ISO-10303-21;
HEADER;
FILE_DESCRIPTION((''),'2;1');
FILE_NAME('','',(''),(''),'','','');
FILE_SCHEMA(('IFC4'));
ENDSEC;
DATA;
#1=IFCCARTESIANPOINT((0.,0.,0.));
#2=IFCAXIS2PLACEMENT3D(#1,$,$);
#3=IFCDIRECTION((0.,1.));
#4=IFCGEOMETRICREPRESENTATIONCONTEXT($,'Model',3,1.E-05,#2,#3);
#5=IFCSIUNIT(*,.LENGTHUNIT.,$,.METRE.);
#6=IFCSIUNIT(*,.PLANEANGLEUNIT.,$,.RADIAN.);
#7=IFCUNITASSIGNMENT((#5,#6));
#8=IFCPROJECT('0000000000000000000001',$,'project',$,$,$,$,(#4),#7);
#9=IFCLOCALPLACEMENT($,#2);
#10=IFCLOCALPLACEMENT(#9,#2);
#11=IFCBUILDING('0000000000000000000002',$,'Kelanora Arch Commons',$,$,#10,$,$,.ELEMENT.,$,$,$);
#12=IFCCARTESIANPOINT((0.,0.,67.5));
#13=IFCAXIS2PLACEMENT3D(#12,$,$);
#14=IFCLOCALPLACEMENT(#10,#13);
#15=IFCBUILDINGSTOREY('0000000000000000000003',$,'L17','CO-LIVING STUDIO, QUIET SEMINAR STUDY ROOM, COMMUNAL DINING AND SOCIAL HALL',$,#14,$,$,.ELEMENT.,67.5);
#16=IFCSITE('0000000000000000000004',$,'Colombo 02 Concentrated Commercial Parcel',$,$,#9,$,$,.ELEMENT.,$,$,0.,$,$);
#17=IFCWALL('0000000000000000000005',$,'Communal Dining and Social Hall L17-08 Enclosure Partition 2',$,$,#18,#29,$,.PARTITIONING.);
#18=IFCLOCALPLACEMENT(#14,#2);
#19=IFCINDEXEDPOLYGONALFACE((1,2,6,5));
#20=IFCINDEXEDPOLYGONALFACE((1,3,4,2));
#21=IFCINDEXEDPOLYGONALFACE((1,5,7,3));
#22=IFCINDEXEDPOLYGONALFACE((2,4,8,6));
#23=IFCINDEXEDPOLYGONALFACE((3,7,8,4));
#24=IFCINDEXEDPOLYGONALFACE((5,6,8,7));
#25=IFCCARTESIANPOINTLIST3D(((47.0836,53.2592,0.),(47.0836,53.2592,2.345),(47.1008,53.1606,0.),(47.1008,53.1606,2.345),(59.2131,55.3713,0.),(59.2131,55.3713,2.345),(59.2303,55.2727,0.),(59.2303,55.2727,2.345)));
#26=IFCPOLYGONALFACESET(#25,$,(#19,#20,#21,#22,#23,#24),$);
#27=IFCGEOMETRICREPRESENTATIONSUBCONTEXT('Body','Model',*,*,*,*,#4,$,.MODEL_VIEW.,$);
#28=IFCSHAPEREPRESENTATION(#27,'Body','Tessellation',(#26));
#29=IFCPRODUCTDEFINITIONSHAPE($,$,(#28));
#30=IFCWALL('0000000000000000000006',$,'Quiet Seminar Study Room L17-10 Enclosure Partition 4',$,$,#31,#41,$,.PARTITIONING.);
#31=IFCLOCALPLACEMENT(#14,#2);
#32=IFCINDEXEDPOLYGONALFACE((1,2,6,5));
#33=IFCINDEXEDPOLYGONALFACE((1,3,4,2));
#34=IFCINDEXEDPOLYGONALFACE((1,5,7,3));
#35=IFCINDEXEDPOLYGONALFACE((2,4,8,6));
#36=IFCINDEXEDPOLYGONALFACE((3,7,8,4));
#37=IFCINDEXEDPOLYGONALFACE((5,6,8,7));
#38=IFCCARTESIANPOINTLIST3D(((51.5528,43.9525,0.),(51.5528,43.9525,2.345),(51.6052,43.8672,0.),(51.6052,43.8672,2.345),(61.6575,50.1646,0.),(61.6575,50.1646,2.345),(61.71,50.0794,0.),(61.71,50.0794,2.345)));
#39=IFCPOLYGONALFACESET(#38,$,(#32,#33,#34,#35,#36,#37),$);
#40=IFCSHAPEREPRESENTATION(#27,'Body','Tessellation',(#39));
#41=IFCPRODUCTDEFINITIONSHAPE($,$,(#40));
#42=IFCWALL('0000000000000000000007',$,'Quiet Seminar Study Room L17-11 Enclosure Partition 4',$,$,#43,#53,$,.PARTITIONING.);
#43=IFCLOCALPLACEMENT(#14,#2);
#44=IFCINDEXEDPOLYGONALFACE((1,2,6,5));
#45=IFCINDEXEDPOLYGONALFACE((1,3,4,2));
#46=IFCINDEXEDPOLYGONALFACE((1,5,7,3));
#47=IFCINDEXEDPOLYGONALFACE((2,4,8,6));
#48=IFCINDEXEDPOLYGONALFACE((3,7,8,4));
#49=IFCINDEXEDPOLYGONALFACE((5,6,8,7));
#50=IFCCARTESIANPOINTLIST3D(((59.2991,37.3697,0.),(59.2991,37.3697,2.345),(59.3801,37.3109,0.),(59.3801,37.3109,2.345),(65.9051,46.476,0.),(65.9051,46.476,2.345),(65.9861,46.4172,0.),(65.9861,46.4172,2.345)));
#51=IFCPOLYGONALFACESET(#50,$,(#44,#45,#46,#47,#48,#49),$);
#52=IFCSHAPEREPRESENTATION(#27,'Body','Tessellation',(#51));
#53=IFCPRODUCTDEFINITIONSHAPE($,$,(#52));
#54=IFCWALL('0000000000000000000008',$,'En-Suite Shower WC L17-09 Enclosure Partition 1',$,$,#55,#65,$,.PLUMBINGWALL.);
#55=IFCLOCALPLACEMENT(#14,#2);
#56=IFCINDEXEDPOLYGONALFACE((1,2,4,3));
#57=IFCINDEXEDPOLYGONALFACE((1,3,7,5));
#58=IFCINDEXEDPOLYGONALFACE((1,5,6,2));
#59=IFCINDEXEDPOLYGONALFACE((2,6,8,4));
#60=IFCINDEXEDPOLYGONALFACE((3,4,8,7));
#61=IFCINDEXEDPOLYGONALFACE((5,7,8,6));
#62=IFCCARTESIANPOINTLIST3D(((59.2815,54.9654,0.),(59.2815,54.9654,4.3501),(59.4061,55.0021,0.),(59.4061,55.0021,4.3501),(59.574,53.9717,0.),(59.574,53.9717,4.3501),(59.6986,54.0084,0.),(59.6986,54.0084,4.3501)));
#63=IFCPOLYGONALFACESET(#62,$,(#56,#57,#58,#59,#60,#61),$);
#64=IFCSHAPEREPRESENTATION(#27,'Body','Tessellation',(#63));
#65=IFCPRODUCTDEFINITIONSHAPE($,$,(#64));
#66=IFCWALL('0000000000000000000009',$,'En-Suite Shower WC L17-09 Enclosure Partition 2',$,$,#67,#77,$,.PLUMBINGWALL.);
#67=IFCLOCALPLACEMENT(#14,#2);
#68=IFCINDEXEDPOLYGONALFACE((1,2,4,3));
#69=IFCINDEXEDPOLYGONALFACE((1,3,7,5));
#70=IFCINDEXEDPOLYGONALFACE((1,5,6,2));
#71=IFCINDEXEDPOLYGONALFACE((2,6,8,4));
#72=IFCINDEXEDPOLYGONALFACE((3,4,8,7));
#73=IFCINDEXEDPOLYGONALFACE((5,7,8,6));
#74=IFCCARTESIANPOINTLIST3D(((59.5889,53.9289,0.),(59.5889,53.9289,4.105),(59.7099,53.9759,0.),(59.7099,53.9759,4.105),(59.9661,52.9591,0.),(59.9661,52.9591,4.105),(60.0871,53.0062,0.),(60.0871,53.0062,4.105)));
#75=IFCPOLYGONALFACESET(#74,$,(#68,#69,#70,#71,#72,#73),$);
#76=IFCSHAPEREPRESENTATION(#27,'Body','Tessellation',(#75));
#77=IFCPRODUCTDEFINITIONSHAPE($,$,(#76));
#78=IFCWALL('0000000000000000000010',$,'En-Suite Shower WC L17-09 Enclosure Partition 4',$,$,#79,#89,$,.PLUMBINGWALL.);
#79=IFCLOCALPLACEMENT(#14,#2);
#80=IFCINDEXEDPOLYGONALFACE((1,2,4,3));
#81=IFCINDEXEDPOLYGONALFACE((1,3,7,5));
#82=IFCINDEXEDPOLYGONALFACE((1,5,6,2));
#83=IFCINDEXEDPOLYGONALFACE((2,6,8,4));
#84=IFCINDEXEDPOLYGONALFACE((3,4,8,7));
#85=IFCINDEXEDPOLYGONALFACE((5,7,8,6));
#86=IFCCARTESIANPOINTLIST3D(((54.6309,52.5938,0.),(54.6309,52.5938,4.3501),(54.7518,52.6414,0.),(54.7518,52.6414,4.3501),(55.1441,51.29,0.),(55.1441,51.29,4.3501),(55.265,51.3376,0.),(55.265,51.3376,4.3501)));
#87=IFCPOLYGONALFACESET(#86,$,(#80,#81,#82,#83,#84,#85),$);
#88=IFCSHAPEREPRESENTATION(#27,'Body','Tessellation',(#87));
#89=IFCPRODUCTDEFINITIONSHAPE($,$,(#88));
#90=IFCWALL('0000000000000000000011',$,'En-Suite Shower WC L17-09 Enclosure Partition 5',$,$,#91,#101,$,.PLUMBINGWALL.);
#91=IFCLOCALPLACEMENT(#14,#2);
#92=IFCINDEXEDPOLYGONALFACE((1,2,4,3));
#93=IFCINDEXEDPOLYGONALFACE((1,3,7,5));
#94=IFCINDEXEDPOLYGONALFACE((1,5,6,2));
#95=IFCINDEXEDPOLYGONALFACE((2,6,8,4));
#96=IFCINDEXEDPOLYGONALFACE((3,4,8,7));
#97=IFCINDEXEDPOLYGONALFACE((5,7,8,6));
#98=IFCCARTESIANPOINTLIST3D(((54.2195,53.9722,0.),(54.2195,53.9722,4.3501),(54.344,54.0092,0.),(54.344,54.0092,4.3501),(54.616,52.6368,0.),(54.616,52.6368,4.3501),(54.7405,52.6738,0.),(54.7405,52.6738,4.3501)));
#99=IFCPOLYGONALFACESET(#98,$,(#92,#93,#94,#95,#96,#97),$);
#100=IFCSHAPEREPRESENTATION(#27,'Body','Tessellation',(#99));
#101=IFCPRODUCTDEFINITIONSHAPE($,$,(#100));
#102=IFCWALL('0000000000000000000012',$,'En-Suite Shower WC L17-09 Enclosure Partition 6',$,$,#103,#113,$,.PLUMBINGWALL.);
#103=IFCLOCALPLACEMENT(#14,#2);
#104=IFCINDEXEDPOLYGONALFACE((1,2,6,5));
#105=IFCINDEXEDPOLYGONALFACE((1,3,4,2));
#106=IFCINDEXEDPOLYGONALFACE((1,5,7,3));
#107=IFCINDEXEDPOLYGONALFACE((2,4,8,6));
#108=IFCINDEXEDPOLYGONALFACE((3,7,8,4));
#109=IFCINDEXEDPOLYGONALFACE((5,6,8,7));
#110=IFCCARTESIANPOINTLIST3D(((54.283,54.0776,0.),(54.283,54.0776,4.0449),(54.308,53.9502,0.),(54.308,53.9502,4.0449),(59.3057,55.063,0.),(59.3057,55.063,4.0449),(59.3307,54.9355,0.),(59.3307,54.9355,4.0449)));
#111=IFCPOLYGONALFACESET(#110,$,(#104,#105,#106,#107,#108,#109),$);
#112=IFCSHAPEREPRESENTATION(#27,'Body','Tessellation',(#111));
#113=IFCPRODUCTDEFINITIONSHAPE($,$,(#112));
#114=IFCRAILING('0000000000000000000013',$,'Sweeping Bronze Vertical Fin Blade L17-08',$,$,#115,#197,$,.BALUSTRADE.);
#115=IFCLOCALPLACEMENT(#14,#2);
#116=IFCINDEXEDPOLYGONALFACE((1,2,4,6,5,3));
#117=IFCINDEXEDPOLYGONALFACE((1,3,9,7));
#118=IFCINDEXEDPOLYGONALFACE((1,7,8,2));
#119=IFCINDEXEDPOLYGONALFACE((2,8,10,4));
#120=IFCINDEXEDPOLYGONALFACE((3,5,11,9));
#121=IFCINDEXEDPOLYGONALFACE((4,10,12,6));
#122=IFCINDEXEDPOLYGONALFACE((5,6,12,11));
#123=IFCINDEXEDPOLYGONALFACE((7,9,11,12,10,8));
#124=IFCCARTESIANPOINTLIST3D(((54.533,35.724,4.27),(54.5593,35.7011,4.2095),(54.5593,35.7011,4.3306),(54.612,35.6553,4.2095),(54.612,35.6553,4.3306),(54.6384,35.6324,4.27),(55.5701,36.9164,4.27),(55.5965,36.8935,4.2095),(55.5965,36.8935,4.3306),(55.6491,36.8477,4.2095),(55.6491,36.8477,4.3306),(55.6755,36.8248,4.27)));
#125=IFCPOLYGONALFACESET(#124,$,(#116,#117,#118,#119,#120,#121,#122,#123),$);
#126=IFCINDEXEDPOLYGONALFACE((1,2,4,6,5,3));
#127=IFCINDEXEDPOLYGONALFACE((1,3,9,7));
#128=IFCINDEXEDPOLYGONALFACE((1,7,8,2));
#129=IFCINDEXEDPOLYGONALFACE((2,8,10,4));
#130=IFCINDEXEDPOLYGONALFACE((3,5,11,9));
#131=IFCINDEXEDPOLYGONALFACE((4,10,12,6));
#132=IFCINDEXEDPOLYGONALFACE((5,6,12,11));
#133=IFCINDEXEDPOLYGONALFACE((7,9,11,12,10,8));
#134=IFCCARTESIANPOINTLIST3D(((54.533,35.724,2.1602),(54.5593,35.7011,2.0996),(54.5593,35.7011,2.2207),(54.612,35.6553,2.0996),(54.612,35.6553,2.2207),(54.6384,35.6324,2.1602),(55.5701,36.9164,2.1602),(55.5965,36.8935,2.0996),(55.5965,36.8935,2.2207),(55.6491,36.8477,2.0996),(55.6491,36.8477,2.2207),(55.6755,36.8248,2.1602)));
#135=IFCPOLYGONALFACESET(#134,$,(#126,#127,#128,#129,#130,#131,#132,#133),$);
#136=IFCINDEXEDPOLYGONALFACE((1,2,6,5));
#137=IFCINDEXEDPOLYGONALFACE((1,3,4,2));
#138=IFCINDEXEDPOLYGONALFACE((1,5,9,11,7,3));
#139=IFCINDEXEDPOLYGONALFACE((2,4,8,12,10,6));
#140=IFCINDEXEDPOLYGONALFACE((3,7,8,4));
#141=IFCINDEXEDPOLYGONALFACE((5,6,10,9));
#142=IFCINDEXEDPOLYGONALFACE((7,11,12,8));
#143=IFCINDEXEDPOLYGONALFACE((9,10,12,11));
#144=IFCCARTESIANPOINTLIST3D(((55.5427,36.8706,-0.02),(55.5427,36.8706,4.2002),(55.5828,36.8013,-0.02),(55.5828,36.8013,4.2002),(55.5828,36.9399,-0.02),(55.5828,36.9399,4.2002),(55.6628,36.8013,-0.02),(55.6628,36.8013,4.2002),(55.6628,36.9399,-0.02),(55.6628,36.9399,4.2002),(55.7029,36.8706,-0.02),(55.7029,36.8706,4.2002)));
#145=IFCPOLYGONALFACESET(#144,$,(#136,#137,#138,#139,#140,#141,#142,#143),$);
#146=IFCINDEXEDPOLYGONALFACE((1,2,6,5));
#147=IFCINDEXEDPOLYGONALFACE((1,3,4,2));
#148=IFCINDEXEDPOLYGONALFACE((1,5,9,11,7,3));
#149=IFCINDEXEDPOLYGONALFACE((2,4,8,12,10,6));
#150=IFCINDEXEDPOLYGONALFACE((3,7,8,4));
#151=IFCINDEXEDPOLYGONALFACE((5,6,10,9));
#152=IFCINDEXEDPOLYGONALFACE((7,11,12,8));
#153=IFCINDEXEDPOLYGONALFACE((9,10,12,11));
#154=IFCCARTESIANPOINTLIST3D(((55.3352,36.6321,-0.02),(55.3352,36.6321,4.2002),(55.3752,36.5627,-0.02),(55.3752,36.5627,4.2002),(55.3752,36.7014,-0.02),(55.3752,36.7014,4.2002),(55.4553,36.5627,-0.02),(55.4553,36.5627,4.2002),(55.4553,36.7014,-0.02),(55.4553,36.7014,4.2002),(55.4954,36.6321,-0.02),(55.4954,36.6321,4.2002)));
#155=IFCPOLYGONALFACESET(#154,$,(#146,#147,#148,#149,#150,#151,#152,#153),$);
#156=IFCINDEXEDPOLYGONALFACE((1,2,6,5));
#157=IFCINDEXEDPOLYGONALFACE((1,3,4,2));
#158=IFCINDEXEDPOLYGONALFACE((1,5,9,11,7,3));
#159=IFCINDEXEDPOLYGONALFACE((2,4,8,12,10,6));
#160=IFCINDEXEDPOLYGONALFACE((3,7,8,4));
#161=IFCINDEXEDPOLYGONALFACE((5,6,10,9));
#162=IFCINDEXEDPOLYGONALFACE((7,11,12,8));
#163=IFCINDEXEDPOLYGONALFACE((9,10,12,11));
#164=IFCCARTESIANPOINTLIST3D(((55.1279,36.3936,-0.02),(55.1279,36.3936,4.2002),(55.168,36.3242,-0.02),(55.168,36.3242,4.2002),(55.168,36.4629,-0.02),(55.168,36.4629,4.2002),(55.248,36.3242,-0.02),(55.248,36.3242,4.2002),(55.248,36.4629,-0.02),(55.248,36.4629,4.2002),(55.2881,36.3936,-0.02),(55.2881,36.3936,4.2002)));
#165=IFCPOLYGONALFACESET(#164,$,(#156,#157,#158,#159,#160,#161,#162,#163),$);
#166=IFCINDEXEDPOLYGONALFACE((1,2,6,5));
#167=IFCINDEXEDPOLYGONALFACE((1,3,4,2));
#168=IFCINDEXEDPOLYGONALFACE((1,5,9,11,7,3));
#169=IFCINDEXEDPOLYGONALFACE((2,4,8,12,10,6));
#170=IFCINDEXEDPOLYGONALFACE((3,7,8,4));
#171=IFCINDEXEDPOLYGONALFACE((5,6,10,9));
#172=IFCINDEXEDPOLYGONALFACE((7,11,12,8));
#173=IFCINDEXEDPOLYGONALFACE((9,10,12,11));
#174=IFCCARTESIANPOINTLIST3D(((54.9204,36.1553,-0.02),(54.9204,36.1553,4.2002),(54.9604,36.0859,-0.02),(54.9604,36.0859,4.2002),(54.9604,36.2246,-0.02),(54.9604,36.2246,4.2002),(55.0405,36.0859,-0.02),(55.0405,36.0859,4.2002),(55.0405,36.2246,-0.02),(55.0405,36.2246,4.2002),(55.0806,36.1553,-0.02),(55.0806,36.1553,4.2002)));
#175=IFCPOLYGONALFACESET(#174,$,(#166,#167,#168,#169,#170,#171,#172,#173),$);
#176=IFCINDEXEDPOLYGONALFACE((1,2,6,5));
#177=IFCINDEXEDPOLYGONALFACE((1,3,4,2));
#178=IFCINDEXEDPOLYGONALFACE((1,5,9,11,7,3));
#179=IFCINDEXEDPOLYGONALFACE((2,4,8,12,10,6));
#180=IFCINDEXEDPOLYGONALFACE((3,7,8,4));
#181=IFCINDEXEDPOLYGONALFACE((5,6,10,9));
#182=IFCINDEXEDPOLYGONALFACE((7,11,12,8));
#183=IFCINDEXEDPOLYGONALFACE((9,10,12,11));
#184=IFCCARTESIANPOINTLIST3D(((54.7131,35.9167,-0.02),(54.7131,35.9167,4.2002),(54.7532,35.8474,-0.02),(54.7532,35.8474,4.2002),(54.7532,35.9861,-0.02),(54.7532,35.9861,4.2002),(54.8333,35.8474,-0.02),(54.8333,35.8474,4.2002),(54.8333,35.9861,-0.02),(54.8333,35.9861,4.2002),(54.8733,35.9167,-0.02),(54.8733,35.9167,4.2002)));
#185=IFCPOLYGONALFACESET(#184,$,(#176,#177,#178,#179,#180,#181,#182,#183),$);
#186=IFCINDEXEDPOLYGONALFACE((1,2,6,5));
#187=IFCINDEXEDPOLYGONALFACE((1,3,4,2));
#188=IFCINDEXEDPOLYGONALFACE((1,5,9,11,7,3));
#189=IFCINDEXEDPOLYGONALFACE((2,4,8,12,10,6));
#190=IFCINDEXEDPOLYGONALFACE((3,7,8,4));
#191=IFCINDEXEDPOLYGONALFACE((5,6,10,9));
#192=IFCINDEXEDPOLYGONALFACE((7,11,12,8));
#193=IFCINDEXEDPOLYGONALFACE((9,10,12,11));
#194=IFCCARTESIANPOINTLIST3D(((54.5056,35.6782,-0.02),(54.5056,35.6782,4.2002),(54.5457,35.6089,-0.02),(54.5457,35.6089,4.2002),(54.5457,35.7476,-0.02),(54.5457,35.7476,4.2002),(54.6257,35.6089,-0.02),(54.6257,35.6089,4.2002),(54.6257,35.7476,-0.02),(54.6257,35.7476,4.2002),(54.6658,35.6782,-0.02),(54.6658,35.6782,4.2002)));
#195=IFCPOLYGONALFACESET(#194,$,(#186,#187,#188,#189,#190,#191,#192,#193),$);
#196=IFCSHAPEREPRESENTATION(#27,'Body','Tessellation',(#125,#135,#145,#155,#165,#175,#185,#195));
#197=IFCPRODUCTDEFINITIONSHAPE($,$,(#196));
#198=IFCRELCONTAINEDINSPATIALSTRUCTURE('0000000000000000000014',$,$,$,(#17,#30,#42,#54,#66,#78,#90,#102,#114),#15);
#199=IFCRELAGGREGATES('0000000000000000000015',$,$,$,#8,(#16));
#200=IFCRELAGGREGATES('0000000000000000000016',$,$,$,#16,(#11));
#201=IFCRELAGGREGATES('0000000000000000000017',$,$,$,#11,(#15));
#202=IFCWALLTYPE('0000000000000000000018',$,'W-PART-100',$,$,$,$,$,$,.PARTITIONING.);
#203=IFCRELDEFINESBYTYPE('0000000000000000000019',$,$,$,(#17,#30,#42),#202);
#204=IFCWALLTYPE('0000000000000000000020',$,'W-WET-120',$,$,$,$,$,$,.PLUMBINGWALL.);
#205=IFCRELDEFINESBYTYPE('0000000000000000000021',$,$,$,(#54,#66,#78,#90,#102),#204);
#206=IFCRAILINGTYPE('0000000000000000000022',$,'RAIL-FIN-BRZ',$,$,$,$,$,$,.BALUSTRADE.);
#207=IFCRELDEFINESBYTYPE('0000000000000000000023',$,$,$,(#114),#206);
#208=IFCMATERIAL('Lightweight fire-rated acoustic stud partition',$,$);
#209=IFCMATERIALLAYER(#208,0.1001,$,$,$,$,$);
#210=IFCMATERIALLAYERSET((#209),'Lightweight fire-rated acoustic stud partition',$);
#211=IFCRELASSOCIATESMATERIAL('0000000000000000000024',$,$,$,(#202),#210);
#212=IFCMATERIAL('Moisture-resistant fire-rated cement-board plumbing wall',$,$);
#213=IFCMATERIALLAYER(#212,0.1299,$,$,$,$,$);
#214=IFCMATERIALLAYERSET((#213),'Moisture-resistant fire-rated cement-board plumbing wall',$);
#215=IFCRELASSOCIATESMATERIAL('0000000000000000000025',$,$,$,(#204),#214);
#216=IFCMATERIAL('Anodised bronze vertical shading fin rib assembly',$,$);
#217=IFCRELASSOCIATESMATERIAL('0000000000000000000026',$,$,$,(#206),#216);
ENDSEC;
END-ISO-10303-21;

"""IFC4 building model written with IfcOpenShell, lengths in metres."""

from ifc_helpers import new_model, si_unit, direction, frame, frame_2d, origin, place, context, subcontext, project, spatial, polyline, rectangle, outline, extrude, material, layer, layer_set, type_object, element, save


model = new_model("IFC4")

# Units and contexts
model_context = context("Model", 3, precision=1e-05, world=origin(), true_north=direction((0.0, 1.0)))
body_context = subcontext(model_context, "Body", "Model", "MODEL_VIEW")
ifc_project = project(units=[si_unit("LENGTHUNIT", "METRE"), si_unit("PLANEANGLEUNIT", "RADIAN")], contexts=[model_context])

# Site, building, storey
site_placement = place(None, origin())
site = spatial("IfcSite", under=ifc_project, at=site_placement, Name="Colombo 02 Concentrated Commercial Parcel", CompositionType="ELEMENT", RefElevation=0.0)
building_placement = place(site_placement, origin())
building = spatial("IfcBuilding", under=site, at=building_placement, Name="Kelanora Arch Commons", CompositionType="ELEMENT")
storey_placement = place(building_placement, frame((0.0, 0.0, 67.5)))
storey = spatial("IfcBuildingStorey", under=building, at=storey_placement, Name="L17", Description="CO-LIVING STUDIO, QUIET SEMINAR STUDY ROOM, COMMUNAL DINING AND SOCIAL HALL", CompositionType="ELEMENT", Elevation=67.5)

# Walls
ifc_material_1 = material(Name="Lightweight fire-rated acoustic stud partition")
ifc_layer_1 = layer(ifc_material_1, 0.1001)
ifc_layer_set_1 = layer_set([ifc_layer_1], Name="Lightweight fire-rated acoustic stud partition")
wall_type_1 = type_object("IfcWallType", Name="W-PART-100", PredefinedType="PARTITIONING", material=ifc_layer_set_1)
wall_1_placement = place(storey_placement, frame((59.2217, 55.322, 0.0), z_axis=(0.0, 0.0, 1.0), x_axis=(-0.985176, -0.171546, 0.0)))
element("IfcWall", 1, at=wall_1_placement, inside=storey, type_object=wall_type_1, Name="Communal Dining and Social Hall L17-08 Enclosure Partition 2", PredefinedType="PARTITIONING", context=body_context, shape_type="SweptSolid", body=[
    extrude(rectangle(XDim=12.312, YDim=0.1001, at=frame_2d((6.156, 0.0))), origin(), (0.0, 0.0, 1.0), 2.345),
])
wall_2_placement = place(storey_placement, frame((51.5791, 43.9099, 0.0), z_axis=(0.0, 0.0, 1.0), x_axis=(0.851889, 0.523722, 0.0)))
element("IfcWall", 2, at=wall_2_placement, inside=storey, type_object=wall_type_1, Name="Quiet Seminar Study Room L17-10 Enclosure Partition 4", PredefinedType="PARTITIONING", context=body_context, shape_type="SweptSolid", body=[
    extrude(rectangle(XDim=11.8616, YDim=0.1001, at=frame_2d((5.9307, 0.0))), origin(), (0.0, 0.0, 1.0), 2.345),
])
wall_3_placement = place(storey_placement, frame((59.3396, 37.3403, 0.0), z_axis=(0.0, 0.0, 1.0), x_axis=(0.587198, 0.809443, 0.0)))
element("IfcWall", 3, at=wall_3_placement, inside=storey, type_object=wall_type_1, Name="Quiet Seminar Study Room L17-11 Enclosure Partition 4", PredefinedType="PARTITIONING", context=body_context, shape_type="SweptSolid", body=[
    extrude(rectangle(XDim=11.25, YDim=0.1001, at=frame_2d((5.625, 0.0))), origin(), (0.0, 0.0, 1.0), 2.345),
])
ifc_material_2 = material(Name="Moisture-resistant fire-rated cement-board plumbing wall")
ifc_layer_2 = layer(ifc_material_2, 0.1299)
ifc_layer_set_2 = layer_set([ifc_layer_2], Name="Moisture-resistant fire-rated cement-board plumbing wall")
wall_type_2 = type_object("IfcWallType", Name="W-WET-120", PredefinedType="PLUMBINGWALL", material=ifc_layer_set_2)
wall_4_placement = place(storey_placement, frame((59.3438, 54.9839, 0.0), z_axis=(0.0, 0.0, 1.0), x_axis=(0.28237, -0.959305, 0.0)))
element("IfcWall", 4, at=wall_4_placement, inside=storey, type_object=wall_type_2, Name="En-Suite Shower WC L17-09 Enclosure Partition 1", PredefinedType="PLUMBINGWALL", context=body_context, shape_type="SweptSolid", body=[
    extrude(rectangle(XDim=1.0359, YDim=0.1299, at=frame_2d((0.5181, 0.0))), origin(), (0.0, 0.0, 1.0), 4.3501),
])
wall_5_placement = place(storey_placement, frame((59.6494, 53.9524, 0.0), z_axis=(0.0, 0.0, 1.0), x_axis=(0.362514, -0.931978, 0.0)))
element("IfcWall", 5, at=wall_5_placement, inside=storey, type_object=wall_type_2, Name="En-Suite Shower WC L17-09 Enclosure Partition 2", PredefinedType="PLUMBINGWALL", context=body_context, shape_type="SweptSolid", body=[
    extrude(rectangle(XDim=1.0405, YDim=0.1299, at=frame_2d((0.5203, 0.0))), origin(), (0.0, 0.0, 1.0), 4.105),
])
wall_6_placement = place(storey_placement, frame((55.2046, 51.3137, 0.0), z_axis=(0.0, 0.0, 1.0), x_axis=(-0.366278, 0.930506, 0.0)))
element("IfcWall", 6, at=wall_6_placement, inside=storey, type_object=wall_type_2, Name="En-Suite Shower WC L17-09 Enclosure Partition 4", PredefinedType="PLUMBINGWALL", context=body_context, shape_type="SweptSolid", body=[
    extrude(rectangle(XDim=1.4011, YDim=0.1299, at=frame_2d((0.7007, 0.0))), origin(), (0.0, 0.0, 1.0), 4.3501),
])
wall_7_placement = place(storey_placement, frame((54.6782, 52.6553, 0.0), z_axis=(0.0, 0.0, 1.0), x_axis=(-0.284613, 0.958642, 0.0)))
element("IfcWall", 7, at=wall_7_placement, inside=storey, type_object=wall_type_2, Name="En-Suite Shower WC L17-09 Enclosure Partition 5", PredefinedType="PLUMBINGWALL", context=body_context, shape_type="SweptSolid", body=[
    extrude(rectangle(XDim=1.3931, YDim=0.1299, at=frame_2d((0.6965, 0.0))), origin(), (0.0, 0.0, 1.0), 4.3501),
])
wall_8_placement = place(storey_placement, frame((54.2957, 54.0139, 0.0), z_axis=(0.0, 0.0, 1.0), x_axis=(0.981295, 0.19251, 0.0)))
element("IfcWall", 8, at=wall_8_placement, inside=storey, type_object=wall_type_2, Name="En-Suite Shower WC L17-09 Enclosure Partition 6", PredefinedType="PLUMBINGWALL", context=body_context, shape_type="SweptSolid", body=[
    extrude(rectangle(XDim=5.1184, YDim=0.1299, at=frame_2d((2.5591, 0.0))), origin(), (0.0, 0.0, 1.0), 4.0449),
])

# Railing
ifc_material_3 = material(Name="Anodised bronze vertical shading fin rib assembly")
railing_type = type_object("IfcRailingType", Name="RAIL-FIN-BRZ", PredefinedType="BALUSTRADE", material=ifc_material_3)
railing_placement = place(storey_placement, frame((55.6228, 36.8706, -0.02)))
element("IfcRailing", 9, at=railing_placement, inside=storey, type_object=railing_type, Name="Sweeping Bronze Vertical Fin Blade L17-08", PredefinedType="BALUSTRADE", context=body_context, shape_type="SweptSolid", body=[
    extrude(outline(polyline([(0.0698, 0.0), (0.0349, 0.0605), (-0.0349, 0.0605), (-0.0698, 0.0), (-0.0349, -0.0605), (0.0349, -0.0605), (0.0698, 0.0)])), frame((0.0, 0.0, 4.29), z_axis=(-0.656271, -0.754526, 0.0), x_axis=(0.754526, -0.656271, 0.0)), (0.0, 0.0, 1.0), 1.5803),
    extrude(outline(polyline([(0.0698, 0.0), (0.0349, 0.0605), (-0.0349, 0.0605), (-0.0698, 0.0), (-0.0349, -0.0605), (0.0349, -0.0605), (0.0698, 0.0)])), frame((0.0, 0.0, 2.1802), z_axis=(-0.656271, -0.754526, 0.0), x_axis=(0.754526, -0.656271, 0.0)), (0.0, 0.0, 1.0), 1.5803),
    extrude(outline(polyline([(0.0801, 0.0), (0.04, 0.0693), (-0.04, 0.0693), (-0.0801, 0.0), (-0.04, -0.0693), (0.04, -0.0693), (0.0801, 0.0)])), origin(), (0.0, 0.0, 1.0), 4.2202),
    extrude(outline(polyline([(0.0801, 0.0), (0.04, 0.0693), (-0.04, 0.0693), (-0.0801, 0.0), (-0.04, -0.0693), (0.04, -0.0693), (0.0801, 0.0)])), frame((-0.2075, -0.2385, 0.0)), (0.0, 0.0, 1.0), 4.2202),
    extrude(outline(polyline([(0.0801, 0.0), (0.04, 0.0693), (-0.04, 0.0693), (-0.0801, 0.0), (-0.04, -0.0693), (0.04, -0.0693), (0.0801, 0.0)])), frame((-0.4148, -0.4771, 0.0)), (0.0, 0.0, 1.0), 4.2202),
    extrude(outline(polyline([(0.0801, 0.0), (0.04, 0.0693), (-0.04, 0.0693), (-0.0801, 0.0), (-0.04, -0.0693), (0.04, -0.0693), (0.0801, 0.0)])), frame((-0.6223, -0.7153, 0.0)), (0.0, 0.0, 1.0), 4.2202),
    extrude(outline(polyline([(0.0801, 0.0), (0.04, 0.0693), (-0.04, 0.0693), (-0.0801, 0.0), (-0.04, -0.0693), (0.04, -0.0693), (0.0801, 0.0)])), frame((-0.8296, -0.9539, 0.0)), (0.0, 0.0, 1.0), 4.2202),
    extrude(outline(polyline([(0.0801, 0.0), (0.04, 0.0693), (-0.04, 0.0693), (-0.0801, 0.0), (-0.04, -0.0693), (0.04, -0.0693), (0.0801, 0.0)])), frame((-1.0371, -1.1924, 0.0)), (0.0, 0.0, 1.0), 4.2202),
])

save(model, "model.ifc")
